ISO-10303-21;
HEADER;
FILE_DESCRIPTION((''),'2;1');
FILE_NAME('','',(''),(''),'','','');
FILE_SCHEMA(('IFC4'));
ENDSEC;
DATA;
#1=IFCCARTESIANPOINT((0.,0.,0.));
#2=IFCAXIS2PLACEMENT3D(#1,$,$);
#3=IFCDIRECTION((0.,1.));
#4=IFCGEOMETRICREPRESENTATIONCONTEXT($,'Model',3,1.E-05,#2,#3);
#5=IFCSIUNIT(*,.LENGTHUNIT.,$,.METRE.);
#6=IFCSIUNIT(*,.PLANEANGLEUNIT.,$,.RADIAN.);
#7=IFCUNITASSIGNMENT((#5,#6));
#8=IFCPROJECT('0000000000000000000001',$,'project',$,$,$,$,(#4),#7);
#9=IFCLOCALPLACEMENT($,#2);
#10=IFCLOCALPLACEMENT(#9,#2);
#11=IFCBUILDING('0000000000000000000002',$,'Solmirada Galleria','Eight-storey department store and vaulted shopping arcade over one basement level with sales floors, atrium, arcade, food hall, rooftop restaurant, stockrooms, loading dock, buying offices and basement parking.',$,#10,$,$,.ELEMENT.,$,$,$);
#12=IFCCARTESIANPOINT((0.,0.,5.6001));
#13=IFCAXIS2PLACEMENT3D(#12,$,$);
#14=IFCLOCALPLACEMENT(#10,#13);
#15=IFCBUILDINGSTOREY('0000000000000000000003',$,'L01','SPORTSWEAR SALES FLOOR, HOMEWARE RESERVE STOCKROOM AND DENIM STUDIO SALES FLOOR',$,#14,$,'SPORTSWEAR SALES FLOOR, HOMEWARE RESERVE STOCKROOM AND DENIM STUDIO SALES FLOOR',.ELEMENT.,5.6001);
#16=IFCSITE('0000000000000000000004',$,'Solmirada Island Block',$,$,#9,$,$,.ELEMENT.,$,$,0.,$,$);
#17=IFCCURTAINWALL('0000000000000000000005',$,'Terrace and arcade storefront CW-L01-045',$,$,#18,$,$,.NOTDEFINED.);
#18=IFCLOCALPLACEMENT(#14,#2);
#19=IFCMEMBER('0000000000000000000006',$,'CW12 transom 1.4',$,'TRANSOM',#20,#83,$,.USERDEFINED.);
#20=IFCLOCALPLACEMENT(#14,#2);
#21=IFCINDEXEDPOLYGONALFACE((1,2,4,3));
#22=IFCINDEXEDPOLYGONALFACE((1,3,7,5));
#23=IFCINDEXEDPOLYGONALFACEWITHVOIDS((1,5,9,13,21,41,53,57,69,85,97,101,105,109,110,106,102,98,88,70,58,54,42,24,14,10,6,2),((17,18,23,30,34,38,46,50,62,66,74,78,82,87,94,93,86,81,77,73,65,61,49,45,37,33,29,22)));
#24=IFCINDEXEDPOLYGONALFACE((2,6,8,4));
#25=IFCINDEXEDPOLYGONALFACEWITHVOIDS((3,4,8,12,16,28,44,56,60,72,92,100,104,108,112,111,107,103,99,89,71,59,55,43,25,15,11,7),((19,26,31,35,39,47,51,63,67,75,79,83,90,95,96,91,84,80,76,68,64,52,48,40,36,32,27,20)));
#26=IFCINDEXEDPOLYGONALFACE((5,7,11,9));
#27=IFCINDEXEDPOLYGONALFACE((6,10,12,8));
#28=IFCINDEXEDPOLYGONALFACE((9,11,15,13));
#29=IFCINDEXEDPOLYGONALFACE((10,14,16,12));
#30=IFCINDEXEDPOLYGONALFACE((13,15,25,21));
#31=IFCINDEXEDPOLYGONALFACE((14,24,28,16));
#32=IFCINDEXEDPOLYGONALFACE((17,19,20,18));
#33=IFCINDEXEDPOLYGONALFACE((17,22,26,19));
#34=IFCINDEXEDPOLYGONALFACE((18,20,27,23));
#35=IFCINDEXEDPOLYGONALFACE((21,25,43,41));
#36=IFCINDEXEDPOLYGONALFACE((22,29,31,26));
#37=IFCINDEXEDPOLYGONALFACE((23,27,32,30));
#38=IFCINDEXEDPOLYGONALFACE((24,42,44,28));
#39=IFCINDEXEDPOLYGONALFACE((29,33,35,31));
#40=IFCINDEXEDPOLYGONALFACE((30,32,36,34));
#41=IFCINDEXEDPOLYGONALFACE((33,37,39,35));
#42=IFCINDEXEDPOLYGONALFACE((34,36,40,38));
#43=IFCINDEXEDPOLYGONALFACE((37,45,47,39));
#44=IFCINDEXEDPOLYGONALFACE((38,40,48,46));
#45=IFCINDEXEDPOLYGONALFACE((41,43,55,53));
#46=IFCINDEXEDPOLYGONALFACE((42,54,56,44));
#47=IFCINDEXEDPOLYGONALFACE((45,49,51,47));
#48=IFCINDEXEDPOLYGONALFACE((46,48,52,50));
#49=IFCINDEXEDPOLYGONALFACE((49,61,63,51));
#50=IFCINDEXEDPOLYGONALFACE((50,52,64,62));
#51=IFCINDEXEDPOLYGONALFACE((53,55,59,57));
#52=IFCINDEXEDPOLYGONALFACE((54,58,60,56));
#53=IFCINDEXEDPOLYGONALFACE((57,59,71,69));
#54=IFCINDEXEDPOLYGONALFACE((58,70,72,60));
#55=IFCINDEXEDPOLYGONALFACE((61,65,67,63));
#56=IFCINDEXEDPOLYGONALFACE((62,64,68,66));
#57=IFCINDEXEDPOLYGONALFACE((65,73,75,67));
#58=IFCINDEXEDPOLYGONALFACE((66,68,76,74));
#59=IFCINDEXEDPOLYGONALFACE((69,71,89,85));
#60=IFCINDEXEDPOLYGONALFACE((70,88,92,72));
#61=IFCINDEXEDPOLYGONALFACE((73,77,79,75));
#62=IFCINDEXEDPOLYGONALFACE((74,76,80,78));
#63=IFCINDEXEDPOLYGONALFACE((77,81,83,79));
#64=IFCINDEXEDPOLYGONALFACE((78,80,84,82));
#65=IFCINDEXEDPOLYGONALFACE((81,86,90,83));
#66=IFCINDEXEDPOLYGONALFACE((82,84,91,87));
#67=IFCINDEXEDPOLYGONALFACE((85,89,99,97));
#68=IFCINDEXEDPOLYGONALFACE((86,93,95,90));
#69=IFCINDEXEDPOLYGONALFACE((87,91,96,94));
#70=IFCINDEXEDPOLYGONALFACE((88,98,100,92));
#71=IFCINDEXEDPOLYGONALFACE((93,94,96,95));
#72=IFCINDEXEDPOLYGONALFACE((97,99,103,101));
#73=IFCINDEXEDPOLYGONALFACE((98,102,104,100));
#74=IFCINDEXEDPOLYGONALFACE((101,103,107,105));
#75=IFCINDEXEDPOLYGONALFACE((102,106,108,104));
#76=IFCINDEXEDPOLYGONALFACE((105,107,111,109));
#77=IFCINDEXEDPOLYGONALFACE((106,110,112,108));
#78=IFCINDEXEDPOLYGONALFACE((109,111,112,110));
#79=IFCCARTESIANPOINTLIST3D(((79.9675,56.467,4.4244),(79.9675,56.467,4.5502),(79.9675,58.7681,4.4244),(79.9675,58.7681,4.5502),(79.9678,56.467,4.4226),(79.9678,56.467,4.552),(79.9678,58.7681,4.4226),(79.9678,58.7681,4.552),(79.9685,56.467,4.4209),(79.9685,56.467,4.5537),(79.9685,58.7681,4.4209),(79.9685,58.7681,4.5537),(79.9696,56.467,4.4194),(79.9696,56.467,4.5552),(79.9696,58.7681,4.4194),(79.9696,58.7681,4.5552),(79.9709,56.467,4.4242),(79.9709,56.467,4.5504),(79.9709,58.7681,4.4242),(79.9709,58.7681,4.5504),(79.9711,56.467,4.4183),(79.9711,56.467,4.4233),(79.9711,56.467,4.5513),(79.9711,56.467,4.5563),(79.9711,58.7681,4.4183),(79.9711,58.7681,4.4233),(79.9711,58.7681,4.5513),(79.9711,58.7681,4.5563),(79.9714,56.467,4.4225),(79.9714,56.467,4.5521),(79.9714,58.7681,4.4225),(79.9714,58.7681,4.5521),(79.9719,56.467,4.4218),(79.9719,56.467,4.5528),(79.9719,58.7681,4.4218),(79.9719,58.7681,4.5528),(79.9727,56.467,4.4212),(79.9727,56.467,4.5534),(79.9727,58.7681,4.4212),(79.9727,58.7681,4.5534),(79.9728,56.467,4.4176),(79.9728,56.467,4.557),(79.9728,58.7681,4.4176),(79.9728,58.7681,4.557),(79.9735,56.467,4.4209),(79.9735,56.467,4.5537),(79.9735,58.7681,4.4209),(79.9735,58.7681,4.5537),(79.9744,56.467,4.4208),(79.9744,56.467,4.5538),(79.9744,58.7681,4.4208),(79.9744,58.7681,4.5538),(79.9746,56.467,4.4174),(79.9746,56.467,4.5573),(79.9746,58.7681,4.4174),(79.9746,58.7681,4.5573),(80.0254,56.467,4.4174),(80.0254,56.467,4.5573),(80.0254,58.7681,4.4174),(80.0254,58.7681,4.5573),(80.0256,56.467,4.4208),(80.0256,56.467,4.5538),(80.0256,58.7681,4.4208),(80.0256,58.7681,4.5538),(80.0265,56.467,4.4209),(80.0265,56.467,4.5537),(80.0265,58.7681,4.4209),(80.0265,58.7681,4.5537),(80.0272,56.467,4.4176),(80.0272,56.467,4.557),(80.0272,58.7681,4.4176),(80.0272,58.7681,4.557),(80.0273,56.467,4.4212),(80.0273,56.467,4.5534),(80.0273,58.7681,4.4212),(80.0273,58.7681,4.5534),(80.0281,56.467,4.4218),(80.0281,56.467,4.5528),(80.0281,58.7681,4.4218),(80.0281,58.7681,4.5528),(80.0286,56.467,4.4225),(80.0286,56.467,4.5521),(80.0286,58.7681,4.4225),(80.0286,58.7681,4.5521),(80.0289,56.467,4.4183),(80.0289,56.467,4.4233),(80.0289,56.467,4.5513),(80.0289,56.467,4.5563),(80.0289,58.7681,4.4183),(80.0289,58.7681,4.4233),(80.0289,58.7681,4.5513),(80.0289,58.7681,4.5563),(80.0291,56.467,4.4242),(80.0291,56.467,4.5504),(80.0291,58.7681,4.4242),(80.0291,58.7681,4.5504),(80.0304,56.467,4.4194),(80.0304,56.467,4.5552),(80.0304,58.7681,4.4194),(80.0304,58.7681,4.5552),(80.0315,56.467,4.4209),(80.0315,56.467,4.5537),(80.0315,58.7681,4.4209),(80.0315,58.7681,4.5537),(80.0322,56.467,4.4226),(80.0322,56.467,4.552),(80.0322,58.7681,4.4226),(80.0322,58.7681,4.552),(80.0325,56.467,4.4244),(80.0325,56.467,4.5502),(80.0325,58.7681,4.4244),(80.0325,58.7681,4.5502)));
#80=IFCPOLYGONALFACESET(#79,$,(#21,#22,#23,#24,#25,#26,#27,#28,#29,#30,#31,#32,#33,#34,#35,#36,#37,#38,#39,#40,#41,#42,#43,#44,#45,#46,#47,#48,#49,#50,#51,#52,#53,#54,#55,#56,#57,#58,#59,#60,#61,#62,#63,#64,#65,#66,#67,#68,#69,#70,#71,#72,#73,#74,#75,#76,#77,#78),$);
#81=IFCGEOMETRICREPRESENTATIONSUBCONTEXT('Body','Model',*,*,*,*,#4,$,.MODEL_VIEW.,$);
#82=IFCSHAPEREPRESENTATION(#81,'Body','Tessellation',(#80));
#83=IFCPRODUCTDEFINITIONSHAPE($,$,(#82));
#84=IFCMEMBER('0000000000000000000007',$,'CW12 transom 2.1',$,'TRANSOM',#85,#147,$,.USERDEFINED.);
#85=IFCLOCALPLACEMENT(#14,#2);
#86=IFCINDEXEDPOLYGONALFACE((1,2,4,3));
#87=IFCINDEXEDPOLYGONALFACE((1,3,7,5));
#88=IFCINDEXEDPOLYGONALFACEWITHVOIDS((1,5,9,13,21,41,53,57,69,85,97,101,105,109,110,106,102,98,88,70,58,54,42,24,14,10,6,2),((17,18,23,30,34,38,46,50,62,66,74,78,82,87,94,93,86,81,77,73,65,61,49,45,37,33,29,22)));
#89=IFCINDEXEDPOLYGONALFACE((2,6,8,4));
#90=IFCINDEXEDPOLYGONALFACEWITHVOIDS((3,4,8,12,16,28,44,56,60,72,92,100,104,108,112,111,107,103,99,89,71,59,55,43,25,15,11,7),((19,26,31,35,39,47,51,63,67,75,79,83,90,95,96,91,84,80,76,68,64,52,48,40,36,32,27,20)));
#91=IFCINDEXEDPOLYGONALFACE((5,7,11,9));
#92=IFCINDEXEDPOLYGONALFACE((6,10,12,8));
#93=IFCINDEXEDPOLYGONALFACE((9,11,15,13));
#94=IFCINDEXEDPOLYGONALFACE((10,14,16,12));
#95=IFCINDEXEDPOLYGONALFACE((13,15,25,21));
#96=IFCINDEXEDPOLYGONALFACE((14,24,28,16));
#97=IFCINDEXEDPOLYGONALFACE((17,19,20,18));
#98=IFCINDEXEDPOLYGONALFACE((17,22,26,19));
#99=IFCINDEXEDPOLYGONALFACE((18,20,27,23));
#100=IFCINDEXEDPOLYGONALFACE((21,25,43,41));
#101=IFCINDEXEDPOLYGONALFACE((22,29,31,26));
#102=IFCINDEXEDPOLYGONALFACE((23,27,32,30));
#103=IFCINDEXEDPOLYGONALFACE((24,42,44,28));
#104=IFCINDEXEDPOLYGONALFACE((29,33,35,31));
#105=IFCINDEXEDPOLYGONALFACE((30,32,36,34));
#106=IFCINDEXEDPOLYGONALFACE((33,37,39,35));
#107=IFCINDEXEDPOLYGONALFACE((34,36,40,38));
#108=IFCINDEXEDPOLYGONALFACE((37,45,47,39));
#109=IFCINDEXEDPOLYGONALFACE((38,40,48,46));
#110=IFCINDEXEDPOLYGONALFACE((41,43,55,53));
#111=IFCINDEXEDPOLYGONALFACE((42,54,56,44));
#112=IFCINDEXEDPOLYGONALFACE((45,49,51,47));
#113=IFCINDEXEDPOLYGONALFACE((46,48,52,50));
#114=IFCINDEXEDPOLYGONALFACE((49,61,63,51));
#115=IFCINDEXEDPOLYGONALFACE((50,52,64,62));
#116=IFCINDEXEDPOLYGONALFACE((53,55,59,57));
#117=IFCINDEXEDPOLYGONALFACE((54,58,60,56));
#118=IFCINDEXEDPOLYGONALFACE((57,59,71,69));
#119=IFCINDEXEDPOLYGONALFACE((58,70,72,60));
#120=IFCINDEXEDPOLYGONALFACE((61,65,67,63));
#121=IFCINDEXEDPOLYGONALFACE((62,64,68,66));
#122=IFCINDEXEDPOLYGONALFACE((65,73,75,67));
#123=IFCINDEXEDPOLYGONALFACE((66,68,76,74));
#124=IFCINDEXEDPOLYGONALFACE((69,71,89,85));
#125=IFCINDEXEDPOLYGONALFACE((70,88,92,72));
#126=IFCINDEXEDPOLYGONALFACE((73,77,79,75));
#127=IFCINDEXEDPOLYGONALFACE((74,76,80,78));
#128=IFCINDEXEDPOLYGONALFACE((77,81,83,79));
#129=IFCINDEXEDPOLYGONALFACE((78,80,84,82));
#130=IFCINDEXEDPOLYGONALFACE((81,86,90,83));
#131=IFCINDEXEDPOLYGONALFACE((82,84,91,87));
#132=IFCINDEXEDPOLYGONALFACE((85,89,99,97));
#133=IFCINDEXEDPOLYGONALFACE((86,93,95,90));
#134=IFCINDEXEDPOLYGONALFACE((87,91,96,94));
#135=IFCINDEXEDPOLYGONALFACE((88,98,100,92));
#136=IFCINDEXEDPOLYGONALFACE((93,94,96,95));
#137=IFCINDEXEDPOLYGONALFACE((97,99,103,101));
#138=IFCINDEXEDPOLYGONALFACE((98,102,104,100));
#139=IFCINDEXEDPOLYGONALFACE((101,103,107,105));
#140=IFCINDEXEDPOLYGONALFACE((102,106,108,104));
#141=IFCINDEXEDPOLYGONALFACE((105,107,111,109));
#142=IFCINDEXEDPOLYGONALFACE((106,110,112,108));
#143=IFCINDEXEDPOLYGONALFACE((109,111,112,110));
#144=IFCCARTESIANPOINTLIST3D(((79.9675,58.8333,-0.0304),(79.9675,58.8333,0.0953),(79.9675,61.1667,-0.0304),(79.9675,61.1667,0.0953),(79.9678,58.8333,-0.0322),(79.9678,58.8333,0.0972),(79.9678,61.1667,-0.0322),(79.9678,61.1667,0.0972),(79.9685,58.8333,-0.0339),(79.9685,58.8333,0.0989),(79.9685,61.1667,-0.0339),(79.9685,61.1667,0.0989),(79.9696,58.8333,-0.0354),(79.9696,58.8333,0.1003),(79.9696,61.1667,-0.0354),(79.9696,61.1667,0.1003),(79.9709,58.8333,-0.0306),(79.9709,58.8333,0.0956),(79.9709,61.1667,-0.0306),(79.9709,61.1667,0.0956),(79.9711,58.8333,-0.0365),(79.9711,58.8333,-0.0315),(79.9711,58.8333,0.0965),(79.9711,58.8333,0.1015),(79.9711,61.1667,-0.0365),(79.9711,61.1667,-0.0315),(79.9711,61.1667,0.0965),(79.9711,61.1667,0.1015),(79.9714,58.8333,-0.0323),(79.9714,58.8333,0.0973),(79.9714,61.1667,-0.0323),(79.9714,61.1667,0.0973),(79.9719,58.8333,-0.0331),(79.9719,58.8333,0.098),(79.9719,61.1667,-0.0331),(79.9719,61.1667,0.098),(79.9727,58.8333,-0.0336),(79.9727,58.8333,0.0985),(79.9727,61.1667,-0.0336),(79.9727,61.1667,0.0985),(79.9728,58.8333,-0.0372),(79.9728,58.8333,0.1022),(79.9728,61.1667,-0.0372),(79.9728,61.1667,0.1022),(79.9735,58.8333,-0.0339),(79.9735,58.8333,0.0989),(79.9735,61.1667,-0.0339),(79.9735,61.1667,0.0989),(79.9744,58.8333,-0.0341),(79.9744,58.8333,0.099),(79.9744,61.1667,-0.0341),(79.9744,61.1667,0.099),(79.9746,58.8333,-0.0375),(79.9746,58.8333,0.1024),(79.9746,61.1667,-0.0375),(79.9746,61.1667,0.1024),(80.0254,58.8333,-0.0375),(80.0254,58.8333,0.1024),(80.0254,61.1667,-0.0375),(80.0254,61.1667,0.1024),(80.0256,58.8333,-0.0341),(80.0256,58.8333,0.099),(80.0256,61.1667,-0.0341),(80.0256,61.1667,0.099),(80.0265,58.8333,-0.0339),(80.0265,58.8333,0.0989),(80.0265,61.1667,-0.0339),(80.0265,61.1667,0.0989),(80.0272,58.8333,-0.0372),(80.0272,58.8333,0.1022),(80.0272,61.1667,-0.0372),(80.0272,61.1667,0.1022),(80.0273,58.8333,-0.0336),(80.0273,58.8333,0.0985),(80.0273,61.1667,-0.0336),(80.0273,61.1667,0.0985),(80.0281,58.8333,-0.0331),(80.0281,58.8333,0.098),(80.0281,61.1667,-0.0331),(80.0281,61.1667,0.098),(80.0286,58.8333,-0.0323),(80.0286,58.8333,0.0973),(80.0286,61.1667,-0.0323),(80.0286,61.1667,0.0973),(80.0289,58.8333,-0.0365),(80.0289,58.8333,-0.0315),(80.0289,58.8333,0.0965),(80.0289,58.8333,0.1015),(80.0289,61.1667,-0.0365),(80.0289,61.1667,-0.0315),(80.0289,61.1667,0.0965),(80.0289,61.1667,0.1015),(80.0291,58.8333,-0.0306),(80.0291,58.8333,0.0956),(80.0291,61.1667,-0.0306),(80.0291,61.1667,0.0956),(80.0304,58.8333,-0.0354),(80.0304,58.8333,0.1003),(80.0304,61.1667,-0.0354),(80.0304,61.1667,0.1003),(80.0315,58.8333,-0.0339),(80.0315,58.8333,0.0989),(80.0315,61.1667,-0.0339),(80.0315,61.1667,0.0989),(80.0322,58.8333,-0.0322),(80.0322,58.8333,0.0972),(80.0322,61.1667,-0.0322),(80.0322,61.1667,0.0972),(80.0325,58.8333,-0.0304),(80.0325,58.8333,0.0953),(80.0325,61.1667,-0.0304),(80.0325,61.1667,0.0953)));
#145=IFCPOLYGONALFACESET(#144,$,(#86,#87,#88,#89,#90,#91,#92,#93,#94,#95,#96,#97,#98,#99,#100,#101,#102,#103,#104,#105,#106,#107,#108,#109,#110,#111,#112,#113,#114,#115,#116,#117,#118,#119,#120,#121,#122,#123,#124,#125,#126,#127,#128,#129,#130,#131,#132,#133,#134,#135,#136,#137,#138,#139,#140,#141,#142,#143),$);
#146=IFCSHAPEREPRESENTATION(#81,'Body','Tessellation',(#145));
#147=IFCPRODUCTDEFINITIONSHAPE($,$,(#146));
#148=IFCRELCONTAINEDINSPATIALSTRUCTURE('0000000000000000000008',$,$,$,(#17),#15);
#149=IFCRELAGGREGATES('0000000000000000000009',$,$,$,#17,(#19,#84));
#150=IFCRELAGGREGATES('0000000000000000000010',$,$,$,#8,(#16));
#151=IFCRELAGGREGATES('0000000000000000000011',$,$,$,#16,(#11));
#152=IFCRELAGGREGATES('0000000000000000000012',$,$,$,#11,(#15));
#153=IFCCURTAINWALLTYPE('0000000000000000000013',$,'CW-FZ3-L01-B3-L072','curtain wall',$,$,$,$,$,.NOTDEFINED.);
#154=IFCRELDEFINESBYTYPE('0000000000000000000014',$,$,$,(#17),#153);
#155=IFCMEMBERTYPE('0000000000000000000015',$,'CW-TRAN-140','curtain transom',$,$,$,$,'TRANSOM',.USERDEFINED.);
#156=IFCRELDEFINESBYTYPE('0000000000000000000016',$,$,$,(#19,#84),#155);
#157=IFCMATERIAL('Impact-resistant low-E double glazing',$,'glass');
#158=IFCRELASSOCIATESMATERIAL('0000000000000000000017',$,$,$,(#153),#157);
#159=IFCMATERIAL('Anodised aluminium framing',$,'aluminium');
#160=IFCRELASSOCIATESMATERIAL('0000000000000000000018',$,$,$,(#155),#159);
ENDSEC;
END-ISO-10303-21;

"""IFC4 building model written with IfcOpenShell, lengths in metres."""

from ifc_helpers import new_model, si_unit, direction, frame, origin, origin_2d, place, context, subcontext, project, spatial, hollow_rectangle, extrude, material, material_profile, profile_set, type_object, element, aggregate, save


model = new_model("IFC4")

# Units and contexts
model_context = context("Model", 3, precision=1e-05, world=origin(), true_north=direction((0.0, 1.0)))
body_context = subcontext(model_context, "Body", "Model", "MODEL_VIEW")
ifc_project = project(units=[si_unit("LENGTHUNIT", "METRE"), si_unit("PLANEANGLEUNIT", "RADIAN")], contexts=[model_context])

# Site, building, storey
site_placement = place(None, origin())
site = spatial("IfcSite", under=ifc_project, at=site_placement, Name="Solmirada Island Block", CompositionType="ELEMENT", RefElevation=0.0)
building_placement = place(site_placement, origin())
building = spatial("IfcBuilding", under=site, at=building_placement, Name="Solmirada Galleria", Description="Eight-storey department store and vaulted shopping arcade over one basement level with sales floors, atrium, arcade, food hall, rooftop restaurant, stockrooms, loading dock, buying offices and basement parking.", CompositionType="ELEMENT")
storey_placement = place(building_placement, frame((0.0, 0.0, 5.6001)))
storey = spatial("IfcBuildingStorey", under=building, at=storey_placement, Name="L01", Description="SPORTSWEAR SALES FLOOR, HOMEWARE RESERVE STOCKROOM AND DENIM STUDIO SALES FLOOR", LongName="SPORTSWEAR SALES FLOOR, HOMEWARE RESERVE STOCKROOM AND DENIM STUDIO SALES FLOOR", CompositionType="ELEMENT", Elevation=5.6001)

# Curtain wall
ifc_material_1 = material(Name="Impact-resistant low-E double glazing", Category="glass")
curtain_wall_type = type_object("IfcCurtainWallType", Name="CW-FZ3-L01-B3-L072", Description="curtain wall", PredefinedType="NOTDEFINED", material=ifc_material_1)
curtain_wall_1_placement = place(storey_placement, origin())
curtain_wall_1 = element("IfcCurtainWall", 1, at=curtain_wall_1_placement, inside=storey, type_object=curtain_wall_type, Name="Terrace and arcade storefront CW-L01-045", PredefinedType="NOTDEFINED")
ifc_material_2 = material(Name="Anodised aluminium framing", Category="aluminium")

# Members
ifc_material_profile_1 = material_profile(ifc_material_2, hollow_rectangle(XDim=0.0649, YDim=0.1399, WallThickness=0.0034, InnerFilletRadius=0.0034, OuterFilletRadius=0.0071, at=origin_2d()), Name="ALU-TRAN-140X65")
ifc_profile_set_1 = profile_set([ifc_material_profile_1], Name="Anodised aluminium framing")
member_type_1 = type_object("IfcMemberType", Name="CW-TRAN-140", Description="curtain transom", ElementType="TRANSOM", PredefinedType="USERDEFINED", material=ifc_profile_set_1)
member_1_placement = place(storey_placement, frame((80.0, 56.467, 4.4873), z_axis=(0.0, 1.0, 0.0), x_axis=(-1.0, 0.0, 0.0)))
member_1 = element("IfcMember", 2, at=member_1_placement, type_object=member_type_1, Name="CW12 transom 1.4", ObjectType="TRANSOM", PredefinedType="USERDEFINED", context=body_context, shape_type="SweptSolid", body=[
    extrude(hollow_rectangle(XDim=0.0649, YDim=0.1399, WallThickness=0.0034, InnerFilletRadius=0.0034, OuterFilletRadius=0.0071, at=origin_2d()), origin(), (0.0, 0.0, 1.0), 2.301),
])
member_2_placement = place(storey_placement, frame((80.0, 58.8333, 0.0325), z_axis=(0.0, 1.0, 0.0), x_axis=(-1.0, 0.0, 0.0)))
member_2 = element("IfcMember", 3, at=member_2_placement, type_object=member_type_1, Name="CW12 transom 2.1", ObjectType="TRANSOM", PredefinedType="USERDEFINED", context=body_context, shape_type="SweptSolid", body=[
    extrude(hollow_rectangle(XDim=0.0649, YDim=0.1399, WallThickness=0.0034, InnerFilletRadius=0.0034, OuterFilletRadius=0.0071, at=origin_2d()), origin(), (0.0, 0.0, 1.0), 2.3335),
])

aggregate(curtain_wall_1, [member_1, member_2])

save(model, "model.ifc")
